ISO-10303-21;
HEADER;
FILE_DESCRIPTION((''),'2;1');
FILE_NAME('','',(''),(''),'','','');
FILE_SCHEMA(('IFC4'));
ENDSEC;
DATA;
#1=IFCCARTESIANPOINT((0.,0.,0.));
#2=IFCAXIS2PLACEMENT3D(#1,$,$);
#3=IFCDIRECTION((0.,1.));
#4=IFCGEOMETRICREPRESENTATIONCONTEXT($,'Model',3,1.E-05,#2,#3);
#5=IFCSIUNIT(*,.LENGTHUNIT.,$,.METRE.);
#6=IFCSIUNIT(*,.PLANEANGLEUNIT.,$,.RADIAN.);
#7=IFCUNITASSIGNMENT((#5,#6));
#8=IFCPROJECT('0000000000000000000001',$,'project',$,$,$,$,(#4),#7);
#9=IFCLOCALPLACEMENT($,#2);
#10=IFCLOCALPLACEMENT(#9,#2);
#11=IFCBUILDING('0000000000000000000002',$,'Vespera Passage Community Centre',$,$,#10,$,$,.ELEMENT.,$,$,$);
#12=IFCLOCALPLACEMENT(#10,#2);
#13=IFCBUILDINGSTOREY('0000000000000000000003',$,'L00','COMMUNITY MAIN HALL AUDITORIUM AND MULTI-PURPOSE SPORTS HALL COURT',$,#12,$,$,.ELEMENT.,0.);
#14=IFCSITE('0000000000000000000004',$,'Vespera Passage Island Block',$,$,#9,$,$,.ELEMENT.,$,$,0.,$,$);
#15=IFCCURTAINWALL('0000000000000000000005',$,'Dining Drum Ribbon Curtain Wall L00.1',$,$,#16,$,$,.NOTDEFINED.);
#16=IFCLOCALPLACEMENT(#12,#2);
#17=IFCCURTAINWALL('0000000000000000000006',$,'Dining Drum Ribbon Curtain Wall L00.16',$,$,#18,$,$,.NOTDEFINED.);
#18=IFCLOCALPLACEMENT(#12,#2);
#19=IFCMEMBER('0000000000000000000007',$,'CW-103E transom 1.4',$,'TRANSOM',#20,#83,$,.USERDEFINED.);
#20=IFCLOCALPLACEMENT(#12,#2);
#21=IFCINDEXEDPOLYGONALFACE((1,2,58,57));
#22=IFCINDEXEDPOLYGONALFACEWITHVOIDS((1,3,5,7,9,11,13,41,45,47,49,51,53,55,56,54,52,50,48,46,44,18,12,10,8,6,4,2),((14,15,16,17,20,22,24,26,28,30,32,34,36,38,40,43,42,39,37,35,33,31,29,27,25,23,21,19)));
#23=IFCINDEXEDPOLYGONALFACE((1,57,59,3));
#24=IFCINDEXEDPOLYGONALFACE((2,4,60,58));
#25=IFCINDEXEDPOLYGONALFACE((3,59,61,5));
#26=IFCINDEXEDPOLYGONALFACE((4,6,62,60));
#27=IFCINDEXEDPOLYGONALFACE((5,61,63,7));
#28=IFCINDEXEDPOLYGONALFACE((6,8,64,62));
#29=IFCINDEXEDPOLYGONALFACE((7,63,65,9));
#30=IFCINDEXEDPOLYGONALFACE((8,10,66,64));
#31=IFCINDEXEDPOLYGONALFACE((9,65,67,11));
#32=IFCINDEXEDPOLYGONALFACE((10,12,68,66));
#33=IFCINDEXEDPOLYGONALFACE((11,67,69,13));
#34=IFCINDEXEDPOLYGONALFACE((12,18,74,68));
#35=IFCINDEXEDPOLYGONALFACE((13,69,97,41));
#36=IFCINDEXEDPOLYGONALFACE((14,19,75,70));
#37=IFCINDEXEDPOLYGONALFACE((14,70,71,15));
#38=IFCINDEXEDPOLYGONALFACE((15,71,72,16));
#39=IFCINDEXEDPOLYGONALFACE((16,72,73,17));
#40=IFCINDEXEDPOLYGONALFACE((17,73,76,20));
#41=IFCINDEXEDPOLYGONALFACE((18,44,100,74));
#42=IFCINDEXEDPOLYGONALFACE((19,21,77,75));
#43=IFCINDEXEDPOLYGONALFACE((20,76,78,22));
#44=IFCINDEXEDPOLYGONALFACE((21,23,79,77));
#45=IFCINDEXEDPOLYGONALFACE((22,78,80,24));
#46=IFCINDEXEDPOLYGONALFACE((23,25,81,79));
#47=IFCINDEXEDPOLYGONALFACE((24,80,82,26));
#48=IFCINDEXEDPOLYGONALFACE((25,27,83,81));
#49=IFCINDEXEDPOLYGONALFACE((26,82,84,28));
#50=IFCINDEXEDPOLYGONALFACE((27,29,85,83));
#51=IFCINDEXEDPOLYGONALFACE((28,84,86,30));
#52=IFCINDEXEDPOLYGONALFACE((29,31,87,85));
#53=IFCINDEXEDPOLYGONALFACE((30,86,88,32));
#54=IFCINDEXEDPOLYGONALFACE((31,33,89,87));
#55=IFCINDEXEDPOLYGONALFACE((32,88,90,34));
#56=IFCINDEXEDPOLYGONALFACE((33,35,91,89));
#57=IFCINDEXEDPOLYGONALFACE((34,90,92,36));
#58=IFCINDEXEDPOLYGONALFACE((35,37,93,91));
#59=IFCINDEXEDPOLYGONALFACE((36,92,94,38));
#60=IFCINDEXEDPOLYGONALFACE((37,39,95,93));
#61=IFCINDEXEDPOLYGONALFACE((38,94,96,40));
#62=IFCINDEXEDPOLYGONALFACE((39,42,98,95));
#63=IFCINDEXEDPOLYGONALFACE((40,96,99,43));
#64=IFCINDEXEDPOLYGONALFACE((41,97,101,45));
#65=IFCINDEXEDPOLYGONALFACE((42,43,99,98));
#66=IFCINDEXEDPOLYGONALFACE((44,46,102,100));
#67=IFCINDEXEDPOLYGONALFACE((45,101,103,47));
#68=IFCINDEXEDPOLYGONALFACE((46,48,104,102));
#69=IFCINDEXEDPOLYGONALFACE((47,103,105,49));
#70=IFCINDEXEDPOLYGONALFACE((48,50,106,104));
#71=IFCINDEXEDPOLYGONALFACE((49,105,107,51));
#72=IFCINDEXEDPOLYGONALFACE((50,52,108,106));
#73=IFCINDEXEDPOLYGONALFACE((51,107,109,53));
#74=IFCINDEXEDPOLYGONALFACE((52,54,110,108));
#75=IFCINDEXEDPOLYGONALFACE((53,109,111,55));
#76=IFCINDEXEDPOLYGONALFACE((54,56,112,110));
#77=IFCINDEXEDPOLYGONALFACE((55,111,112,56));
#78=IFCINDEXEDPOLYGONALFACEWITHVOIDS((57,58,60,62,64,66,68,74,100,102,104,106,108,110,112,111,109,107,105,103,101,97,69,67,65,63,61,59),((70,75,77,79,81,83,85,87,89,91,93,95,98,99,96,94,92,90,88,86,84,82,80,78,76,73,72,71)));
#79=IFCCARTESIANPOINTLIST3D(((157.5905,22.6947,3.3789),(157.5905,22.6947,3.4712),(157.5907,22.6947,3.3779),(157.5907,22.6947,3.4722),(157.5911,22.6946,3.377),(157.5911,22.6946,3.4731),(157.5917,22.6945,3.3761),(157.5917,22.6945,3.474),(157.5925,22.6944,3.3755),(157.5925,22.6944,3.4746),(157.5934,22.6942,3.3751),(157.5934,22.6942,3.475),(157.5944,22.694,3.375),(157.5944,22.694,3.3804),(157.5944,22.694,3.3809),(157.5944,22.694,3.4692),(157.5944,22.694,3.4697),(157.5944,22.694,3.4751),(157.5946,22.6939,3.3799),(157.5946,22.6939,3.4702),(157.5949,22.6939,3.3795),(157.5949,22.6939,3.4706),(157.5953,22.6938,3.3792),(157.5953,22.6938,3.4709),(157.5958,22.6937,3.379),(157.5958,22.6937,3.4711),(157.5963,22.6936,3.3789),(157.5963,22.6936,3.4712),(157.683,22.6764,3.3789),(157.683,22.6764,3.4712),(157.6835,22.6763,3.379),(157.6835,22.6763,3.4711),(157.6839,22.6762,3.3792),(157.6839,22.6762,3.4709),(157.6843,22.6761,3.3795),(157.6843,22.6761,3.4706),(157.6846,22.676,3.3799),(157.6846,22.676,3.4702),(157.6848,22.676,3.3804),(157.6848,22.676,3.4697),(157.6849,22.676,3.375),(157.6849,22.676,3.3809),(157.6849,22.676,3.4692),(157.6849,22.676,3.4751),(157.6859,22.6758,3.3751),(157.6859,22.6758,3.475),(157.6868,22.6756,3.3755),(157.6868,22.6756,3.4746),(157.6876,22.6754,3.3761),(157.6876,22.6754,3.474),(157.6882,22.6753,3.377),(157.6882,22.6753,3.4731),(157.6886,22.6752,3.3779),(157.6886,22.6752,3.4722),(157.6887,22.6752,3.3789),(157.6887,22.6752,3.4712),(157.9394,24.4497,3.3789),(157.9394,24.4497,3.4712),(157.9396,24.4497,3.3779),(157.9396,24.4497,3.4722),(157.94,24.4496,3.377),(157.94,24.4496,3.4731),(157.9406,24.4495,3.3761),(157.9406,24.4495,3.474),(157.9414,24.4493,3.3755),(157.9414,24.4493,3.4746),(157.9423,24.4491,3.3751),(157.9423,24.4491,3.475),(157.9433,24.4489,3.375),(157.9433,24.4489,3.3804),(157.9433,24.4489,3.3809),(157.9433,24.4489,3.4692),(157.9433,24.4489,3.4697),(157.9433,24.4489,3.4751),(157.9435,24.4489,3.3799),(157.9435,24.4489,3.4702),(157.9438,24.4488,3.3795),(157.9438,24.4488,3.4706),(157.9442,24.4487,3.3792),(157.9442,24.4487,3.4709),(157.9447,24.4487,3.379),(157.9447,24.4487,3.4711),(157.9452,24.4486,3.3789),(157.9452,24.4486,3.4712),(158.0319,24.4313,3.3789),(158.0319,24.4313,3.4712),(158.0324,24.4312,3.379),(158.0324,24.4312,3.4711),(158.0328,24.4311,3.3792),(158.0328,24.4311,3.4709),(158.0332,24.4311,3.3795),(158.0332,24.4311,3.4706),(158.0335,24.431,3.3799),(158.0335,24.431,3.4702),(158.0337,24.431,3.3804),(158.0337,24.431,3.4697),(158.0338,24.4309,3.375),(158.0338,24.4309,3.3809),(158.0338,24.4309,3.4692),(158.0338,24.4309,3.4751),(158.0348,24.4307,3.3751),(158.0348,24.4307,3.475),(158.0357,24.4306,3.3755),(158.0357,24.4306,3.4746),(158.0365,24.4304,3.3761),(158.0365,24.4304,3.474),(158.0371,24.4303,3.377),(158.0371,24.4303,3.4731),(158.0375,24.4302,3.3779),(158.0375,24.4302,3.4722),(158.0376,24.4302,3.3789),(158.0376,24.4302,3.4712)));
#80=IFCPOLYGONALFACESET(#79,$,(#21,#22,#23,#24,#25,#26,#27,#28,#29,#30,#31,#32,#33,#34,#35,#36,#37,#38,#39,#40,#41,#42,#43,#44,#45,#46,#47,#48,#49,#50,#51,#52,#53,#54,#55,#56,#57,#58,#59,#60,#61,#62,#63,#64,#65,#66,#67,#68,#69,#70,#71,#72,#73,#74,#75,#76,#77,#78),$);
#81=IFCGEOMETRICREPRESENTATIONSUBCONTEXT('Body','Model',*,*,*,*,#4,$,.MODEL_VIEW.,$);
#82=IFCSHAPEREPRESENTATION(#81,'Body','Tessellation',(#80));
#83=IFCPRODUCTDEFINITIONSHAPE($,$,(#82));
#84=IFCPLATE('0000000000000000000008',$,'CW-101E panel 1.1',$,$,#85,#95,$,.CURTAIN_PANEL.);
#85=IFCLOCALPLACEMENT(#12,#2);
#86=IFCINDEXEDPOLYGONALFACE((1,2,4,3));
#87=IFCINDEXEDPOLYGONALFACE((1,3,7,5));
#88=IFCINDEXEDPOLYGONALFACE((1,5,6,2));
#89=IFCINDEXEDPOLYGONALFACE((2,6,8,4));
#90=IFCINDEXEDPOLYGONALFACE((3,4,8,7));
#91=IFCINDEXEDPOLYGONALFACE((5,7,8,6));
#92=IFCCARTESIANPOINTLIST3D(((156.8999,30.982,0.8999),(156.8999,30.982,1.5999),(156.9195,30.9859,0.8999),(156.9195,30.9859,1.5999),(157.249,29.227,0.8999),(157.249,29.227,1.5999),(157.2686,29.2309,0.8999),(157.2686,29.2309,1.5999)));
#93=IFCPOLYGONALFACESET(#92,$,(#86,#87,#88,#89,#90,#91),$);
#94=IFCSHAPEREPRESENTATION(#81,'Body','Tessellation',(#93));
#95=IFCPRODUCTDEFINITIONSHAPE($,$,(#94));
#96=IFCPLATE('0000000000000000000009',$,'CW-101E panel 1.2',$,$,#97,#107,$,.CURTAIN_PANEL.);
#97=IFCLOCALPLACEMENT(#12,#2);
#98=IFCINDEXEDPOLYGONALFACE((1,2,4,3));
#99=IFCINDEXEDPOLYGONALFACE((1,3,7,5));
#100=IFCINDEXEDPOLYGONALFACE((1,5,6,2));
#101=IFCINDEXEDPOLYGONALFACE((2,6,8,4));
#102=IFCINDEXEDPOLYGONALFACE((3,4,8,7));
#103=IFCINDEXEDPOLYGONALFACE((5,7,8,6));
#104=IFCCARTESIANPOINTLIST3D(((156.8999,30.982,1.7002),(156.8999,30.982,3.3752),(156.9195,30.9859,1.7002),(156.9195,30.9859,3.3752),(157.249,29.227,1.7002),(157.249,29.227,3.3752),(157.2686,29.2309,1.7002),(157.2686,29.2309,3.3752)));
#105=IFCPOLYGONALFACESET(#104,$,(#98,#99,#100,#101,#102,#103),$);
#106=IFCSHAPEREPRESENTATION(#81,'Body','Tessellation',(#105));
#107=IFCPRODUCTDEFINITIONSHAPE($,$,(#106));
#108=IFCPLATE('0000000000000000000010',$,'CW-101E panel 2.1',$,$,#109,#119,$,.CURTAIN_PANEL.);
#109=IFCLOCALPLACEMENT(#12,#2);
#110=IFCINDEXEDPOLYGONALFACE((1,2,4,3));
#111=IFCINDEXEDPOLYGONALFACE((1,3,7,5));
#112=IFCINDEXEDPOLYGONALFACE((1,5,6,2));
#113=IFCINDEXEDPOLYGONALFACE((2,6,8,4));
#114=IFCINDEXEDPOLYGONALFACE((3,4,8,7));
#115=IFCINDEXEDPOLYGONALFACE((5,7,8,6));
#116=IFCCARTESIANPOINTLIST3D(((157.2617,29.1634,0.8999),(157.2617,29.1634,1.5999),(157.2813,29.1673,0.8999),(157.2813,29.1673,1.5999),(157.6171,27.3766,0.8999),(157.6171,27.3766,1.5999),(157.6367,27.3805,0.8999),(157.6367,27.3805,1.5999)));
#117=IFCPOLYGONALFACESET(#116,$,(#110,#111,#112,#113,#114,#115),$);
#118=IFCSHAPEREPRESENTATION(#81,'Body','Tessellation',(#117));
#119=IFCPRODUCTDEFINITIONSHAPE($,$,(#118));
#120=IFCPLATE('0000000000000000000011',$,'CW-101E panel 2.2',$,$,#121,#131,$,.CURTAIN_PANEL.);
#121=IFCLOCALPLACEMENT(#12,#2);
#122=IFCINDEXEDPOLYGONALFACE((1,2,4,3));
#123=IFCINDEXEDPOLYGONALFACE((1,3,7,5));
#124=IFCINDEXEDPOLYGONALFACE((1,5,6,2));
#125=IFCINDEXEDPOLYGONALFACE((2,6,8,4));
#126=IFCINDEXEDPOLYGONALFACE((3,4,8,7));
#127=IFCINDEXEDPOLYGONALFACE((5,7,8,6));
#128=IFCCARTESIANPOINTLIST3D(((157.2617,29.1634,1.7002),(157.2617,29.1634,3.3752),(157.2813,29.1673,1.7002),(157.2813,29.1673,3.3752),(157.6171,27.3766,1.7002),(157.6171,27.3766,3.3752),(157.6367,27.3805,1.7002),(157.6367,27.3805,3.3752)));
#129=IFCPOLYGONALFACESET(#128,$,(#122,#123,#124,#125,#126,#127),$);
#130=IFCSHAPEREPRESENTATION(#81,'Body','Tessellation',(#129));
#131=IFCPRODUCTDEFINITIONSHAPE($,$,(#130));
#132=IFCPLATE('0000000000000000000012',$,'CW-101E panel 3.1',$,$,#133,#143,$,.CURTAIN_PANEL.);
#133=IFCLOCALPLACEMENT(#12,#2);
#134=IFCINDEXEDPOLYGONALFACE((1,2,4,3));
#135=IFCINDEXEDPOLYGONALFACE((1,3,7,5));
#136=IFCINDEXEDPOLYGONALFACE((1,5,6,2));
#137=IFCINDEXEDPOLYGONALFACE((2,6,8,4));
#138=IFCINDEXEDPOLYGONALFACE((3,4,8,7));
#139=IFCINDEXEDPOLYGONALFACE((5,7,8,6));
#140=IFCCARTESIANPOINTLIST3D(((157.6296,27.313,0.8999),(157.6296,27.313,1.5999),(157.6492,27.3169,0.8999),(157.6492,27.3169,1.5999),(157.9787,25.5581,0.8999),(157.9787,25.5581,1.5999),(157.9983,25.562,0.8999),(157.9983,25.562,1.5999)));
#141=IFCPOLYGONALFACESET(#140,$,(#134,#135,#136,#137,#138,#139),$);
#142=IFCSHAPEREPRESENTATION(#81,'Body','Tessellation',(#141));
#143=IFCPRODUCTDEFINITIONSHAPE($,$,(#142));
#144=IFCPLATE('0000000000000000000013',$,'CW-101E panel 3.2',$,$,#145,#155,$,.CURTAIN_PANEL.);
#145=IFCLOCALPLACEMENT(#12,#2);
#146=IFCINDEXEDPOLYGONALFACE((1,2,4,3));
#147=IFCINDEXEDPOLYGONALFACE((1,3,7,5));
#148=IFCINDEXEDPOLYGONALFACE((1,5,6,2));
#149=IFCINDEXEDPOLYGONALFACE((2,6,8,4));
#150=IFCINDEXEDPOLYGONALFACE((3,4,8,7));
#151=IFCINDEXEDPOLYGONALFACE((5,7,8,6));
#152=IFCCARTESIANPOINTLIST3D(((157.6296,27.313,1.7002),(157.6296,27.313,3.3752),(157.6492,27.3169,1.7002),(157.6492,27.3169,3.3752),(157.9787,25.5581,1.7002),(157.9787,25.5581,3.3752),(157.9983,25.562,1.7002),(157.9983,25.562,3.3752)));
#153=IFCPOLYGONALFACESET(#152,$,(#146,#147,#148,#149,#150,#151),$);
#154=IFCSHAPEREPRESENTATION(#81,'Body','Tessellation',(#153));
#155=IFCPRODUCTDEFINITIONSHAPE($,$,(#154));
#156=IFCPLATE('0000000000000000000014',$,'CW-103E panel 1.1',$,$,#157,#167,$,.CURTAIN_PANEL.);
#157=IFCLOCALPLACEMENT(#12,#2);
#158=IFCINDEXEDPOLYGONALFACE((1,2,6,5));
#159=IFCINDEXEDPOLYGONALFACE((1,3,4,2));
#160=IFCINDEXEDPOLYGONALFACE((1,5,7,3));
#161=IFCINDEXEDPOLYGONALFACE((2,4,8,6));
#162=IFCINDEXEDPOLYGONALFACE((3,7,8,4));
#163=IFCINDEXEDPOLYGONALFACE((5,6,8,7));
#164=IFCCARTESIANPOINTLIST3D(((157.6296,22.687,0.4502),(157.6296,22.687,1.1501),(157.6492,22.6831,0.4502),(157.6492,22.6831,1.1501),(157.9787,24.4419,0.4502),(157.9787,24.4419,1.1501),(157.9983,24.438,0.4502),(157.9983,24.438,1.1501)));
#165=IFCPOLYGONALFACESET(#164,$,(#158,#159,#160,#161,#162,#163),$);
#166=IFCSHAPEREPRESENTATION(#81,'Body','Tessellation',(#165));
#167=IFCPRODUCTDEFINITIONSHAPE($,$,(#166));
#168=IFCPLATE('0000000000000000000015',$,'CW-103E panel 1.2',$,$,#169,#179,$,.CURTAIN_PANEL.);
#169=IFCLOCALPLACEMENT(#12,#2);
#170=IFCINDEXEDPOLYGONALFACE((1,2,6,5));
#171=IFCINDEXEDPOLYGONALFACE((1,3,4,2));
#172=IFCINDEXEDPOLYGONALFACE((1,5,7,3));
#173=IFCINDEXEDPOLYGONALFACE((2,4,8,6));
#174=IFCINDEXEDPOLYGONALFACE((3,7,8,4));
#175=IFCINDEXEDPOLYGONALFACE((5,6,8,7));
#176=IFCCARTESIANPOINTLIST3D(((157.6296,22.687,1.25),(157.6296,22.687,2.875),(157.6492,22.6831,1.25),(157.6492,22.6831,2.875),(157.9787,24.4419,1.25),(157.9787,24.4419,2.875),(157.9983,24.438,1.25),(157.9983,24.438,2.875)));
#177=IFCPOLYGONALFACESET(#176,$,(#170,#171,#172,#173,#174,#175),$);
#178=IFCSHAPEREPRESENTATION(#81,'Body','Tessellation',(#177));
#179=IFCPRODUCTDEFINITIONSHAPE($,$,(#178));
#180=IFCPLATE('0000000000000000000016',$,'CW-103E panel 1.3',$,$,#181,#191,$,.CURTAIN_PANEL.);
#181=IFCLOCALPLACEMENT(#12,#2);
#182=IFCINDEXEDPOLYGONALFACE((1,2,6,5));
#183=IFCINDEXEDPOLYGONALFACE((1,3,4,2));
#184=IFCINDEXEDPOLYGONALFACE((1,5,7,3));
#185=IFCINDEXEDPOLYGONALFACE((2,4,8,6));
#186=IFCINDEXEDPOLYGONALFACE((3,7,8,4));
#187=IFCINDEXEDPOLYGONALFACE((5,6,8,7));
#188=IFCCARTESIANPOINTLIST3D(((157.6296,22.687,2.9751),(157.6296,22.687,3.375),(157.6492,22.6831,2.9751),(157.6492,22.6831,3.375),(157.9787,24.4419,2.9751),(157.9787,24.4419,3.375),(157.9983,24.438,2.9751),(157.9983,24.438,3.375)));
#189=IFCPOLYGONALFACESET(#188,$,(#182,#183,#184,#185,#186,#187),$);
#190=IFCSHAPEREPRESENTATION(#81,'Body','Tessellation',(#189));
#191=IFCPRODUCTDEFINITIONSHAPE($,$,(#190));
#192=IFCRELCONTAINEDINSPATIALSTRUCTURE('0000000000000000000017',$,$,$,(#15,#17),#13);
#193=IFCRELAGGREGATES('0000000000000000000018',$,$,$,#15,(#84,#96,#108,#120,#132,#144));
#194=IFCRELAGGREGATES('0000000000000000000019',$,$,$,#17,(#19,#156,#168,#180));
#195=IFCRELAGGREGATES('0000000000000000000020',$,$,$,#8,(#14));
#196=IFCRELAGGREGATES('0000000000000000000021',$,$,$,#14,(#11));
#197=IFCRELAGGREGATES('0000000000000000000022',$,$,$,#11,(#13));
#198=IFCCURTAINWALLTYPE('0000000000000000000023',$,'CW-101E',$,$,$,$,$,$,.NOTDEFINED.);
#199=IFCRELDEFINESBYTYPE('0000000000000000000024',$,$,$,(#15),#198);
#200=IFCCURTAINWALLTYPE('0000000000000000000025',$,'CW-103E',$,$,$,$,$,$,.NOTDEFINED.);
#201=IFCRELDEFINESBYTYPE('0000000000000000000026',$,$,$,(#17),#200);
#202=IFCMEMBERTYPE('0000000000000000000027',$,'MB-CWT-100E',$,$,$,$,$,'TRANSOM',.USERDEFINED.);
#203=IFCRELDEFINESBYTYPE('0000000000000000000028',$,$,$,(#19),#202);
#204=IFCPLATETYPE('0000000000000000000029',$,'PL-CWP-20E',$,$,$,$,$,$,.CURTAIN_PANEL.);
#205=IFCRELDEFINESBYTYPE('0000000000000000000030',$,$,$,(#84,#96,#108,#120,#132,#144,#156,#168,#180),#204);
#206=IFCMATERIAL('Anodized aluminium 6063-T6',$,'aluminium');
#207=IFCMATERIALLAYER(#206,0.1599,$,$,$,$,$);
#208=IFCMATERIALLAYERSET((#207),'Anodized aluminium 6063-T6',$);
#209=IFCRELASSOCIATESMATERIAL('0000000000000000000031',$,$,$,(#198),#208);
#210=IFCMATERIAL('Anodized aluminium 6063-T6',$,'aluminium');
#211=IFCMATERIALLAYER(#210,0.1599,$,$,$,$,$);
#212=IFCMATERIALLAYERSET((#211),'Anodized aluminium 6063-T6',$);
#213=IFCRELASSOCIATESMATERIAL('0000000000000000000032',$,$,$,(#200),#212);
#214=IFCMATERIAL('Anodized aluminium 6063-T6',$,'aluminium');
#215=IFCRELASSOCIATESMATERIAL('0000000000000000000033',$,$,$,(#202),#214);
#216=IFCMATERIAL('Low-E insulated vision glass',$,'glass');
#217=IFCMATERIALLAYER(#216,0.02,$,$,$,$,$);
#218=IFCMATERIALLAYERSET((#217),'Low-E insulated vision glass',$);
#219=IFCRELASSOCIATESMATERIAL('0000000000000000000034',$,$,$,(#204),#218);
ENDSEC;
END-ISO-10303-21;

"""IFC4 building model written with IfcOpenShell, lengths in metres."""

from ifc_helpers import new_model, si_unit, direction, frame, origin, origin_2d, place, context, subcontext, project, spatial, rectangle, hollow_rectangle, extrude, material, layer, layer_set, material_profile, profile_set, type_object, element, aggregate, save


model = new_model("IFC4")

# Units and contexts
model_context = context("Model", 3, precision=1e-05, world=origin(), true_north=direction((0.0, 1.0)))
body_context = subcontext(model_context, "Body", "Model", "MODEL_VIEW")
ifc_project = project(units=[si_unit("LENGTHUNIT", "METRE"), si_unit("PLANEANGLEUNIT", "RADIAN")], contexts=[model_context])

# Site, building, storey
site_placement = place(None, origin())
site = spatial("IfcSite", under=ifc_project, at=site_placement, Name="Vespera Passage Island Block", CompositionType="ELEMENT", RefElevation=0.0)
building_placement = place(site_placement, origin())
building = spatial("IfcBuilding", under=site, at=building_placement, Name="Vespera Passage Community Centre", CompositionType="ELEMENT")
storey_placement = place(building_placement, origin())
storey = spatial("IfcBuildingStorey", under=building, at=storey_placement, Name="L00", Description="COMMUNITY MAIN HALL AUDITORIUM AND MULTI-PURPOSE SPORTS HALL COURT", CompositionType="ELEMENT", Elevation=0.0)

# Curtain wall
ifc_material_1 = material(Name="Anodized aluminium 6063-T6", Category="aluminium")
ifc_layer_1 = layer(ifc_material_1, 0.1599)
ifc_layer_set_1 = layer_set([ifc_layer_1], Name="Anodized aluminium 6063-T6")
curtain_wall_type_1 = type_object("IfcCurtainWallType", Name="CW-101E", PredefinedType="NOTDEFINED", material=ifc_layer_set_1)
curtain_wall_1_placement = place(storey_placement, origin())
curtain_wall_1 = element("IfcCurtainWall", 1, at=curtain_wall_1_placement, inside=storey, type_object=curtain_wall_type_1, Name="Dining Drum Ribbon Curtain Wall L00.1", PredefinedType="NOTDEFINED")

# Curtain wall
ifc_material_2 = material(Name="Anodized aluminium 6063-T6", Category="aluminium")
ifc_layer_2 = layer(ifc_material_2, 0.1599)
ifc_layer_set_2 = layer_set([ifc_layer_2], Name="Anodized aluminium 6063-T6")
curtain_wall_type_2 = type_object("IfcCurtainWallType", Name="CW-103E", PredefinedType="NOTDEFINED", material=ifc_layer_set_2)
curtain_wall_2_placement = place(storey_placement, origin())
curtain_wall_2 = element("IfcCurtainWall", 2, at=curtain_wall_2_placement, inside=storey, type_object=curtain_wall_type_2, Name="Dining Drum Ribbon Curtain Wall L00.16", PredefinedType="NOTDEFINED")

# Member
ifc_material_3 = material(Name="Anodized aluminium 6063-T6", Category="aluminium")
ifc_material_profile_1 = material_profile(ifc_material_3, hollow_rectangle(XDim=0.1001, YDim=0.1001, WallThickness=0.0039, InnerFilletRadius=0.002, OuterFilletRadius=0.0039, at=origin_2d()), Name="ALU100X100X4")
ifc_profile_set_1 = profile_set([ifc_material_profile_1], Name="Anodized aluminium 6063-T6")
member_type_1 = type_object("IfcMemberType", Name="MB-CWT-100E", ElementType="TRANSOM", PredefinedType="USERDEFINED", material=ifc_profile_set_1)
member_1_placement = place(storey_placement, frame((157.9885, 24.4399, 3.425), z_axis=(-0.194988, -0.980806, 0.0), x_axis=(0.980806, -0.194988, 0.0)))
member_1 = element("IfcMember", 3, at=member_1_placement, type_object=member_type_1, Name="CW-103E transom 1.4", ObjectType="TRANSOM", PredefinedType="USERDEFINED", context=body_context, shape_type="SweptSolid", body=[
    extrude(hollow_rectangle(XDim=0.1001, YDim=0.1001, WallThickness=0.0039, InnerFilletRadius=0.002, OuterFilletRadius=0.0039, at=origin_2d()), origin(), (0.0, 0.0, 1.0), 1.7893),
])

# Plates
ifc_material_4 = material(Name="Low-E insulated vision glass", Category="glass")
ifc_layer_3 = layer(ifc_material_4, 0.02)
ifc_layer_set_3 = layer_set([ifc_layer_3], Name="Low-E insulated vision glass")
plate_type = type_object("IfcPlateType", Name="PL-CWP-20E", PredefinedType="CURTAIN_PANEL", material=ifc_layer_set_3)
plate_1_placement = place(storey_placement, frame((157.0842, 30.1064, 0.8999), z_axis=(0.0, 0.0, 1.0), x_axis=(0.195097, -0.980784, 0.0)))
plate_1 = element("IfcPlate", 4, at=plate_1_placement, type_object=plate_type, Name="CW-101E panel 1.1", PredefinedType="CURTAIN_PANEL", context=body_context, shape_type="SweptSolid", body=[
    extrude(rectangle(XDim=1.7893, YDim=0.02, at=origin_2d()), origin(), (0.0, 0.0, 1.0), 0.7),
])
plate_2_placement = place(storey_placement, frame((157.0842, 30.1064, 1.7002), z_axis=(0.0, 0.0, 1.0), x_axis=(0.195097, -0.980784, 0.0)))
plate_2 = element("IfcPlate", 5, at=plate_2_placement, type_object=plate_type, Name="CW-101E panel 1.2", PredefinedType="CURTAIN_PANEL", context=body_context, shape_type="SweptSolid", body=[
    extrude(rectangle(XDim=1.7893, YDim=0.02, at=origin_2d()), origin(), (0.0, 0.0, 1.0), 1.675),
])
plate_3_placement = place(storey_placement, frame((157.4492, 28.272, 0.8999), z_axis=(0.0, 0.0, 1.0), x_axis=(0.195097, -0.980784, 0.0)))
plate_3 = element("IfcPlate", 6, at=plate_3_placement, type_object=plate_type, Name="CW-101E panel 2.1", PredefinedType="CURTAIN_PANEL", context=body_context, shape_type="SweptSolid", body=[
    extrude(rectangle(XDim=1.8218, YDim=0.02, at=origin_2d()), origin(), (0.0, 0.0, 1.0), 0.7),
])
plate_4_placement = place(storey_placement, frame((157.4492, 28.272, 1.7002), z_axis=(0.0, 0.0, 1.0), x_axis=(0.195097, -0.980784, 0.0)))
plate_4 = element("IfcPlate", 7, at=plate_4_placement, type_object=plate_type, Name="CW-101E panel 2.2", PredefinedType="CURTAIN_PANEL", context=body_context, shape_type="SweptSolid", body=[
    extrude(rectangle(XDim=1.8218, YDim=0.02, at=origin_2d()), origin(), (0.0, 0.0, 1.0), 1.675),
])
plate_5_placement = place(storey_placement, frame((157.814, 26.4375, 0.8999), z_axis=(0.0, 0.0, 1.0), x_axis=(0.195097, -0.980784, 0.0)))
plate_5 = element("IfcPlate", 8, at=plate_5_placement, type_object=plate_type, Name="CW-101E panel 3.1", PredefinedType="CURTAIN_PANEL", context=body_context, shape_type="SweptSolid", body=[
    extrude(rectangle(XDim=1.7893, YDim=0.02, at=origin_2d()), origin(), (0.0, 0.0, 1.0), 0.7),
])
plate_6_placement = place(storey_placement, frame((157.814, 26.4375, 1.7002), z_axis=(0.0, 0.0, 1.0), x_axis=(0.195097, -0.980784, 0.0)))
plate_6 = element("IfcPlate", 9, at=plate_6_placement, type_object=plate_type, Name="CW-101E panel 3.2", PredefinedType="CURTAIN_PANEL", context=body_context, shape_type="SweptSolid", body=[
    extrude(rectangle(XDim=1.7893, YDim=0.02, at=origin_2d()), origin(), (0.0, 0.0, 1.0), 1.675),
])
aggregate(curtain_wall_1, [plate_1, plate_2, plate_3, plate_4, plate_5, plate_6])
plate_7_placement = place(storey_placement, frame((157.814, 23.5625, 0.4502), z_axis=(0.0, 0.0, 1.0), x_axis=(-0.195097, -0.980784, 0.0)))
plate_7 = element("IfcPlate", 10, at=plate_7_placement, type_object=plate_type, Name="CW-103E panel 1.1", PredefinedType="CURTAIN_PANEL", context=body_context, shape_type="SweptSolid", body=[
    extrude(rectangle(XDim=1.7893, YDim=0.02, at=origin_2d()), origin(), (0.0, 0.0, 1.0), 0.7),
])
plate_8_placement = place(storey_placement, frame((157.814, 23.5625, 1.25), z_axis=(0.0, 0.0, 1.0), x_axis=(-0.195097, -0.980784, 0.0)))
plate_8 = element("IfcPlate", 11, at=plate_8_placement, type_object=plate_type, Name="CW-103E panel 1.2", PredefinedType="CURTAIN_PANEL", context=body_context, shape_type="SweptSolid", body=[
    extrude(rectangle(XDim=1.7893, YDim=0.02, at=origin_2d()), origin(), (0.0, 0.0, 1.0), 1.625),
])
plate_9_placement = place(storey_placement, frame((157.814, 23.5625, 2.9751), z_axis=(0.0, 0.0, 1.0), x_axis=(-0.195097, -0.980784, 0.0)))
plate_9 = element("IfcPlate", 12, at=plate_9_placement, type_object=plate_type, Name="CW-103E panel 1.3", PredefinedType="CURTAIN_PANEL", context=body_context, shape_type="SweptSolid", body=[
    extrude(rectangle(XDim=1.7893, YDim=0.02, at=origin_2d()), origin(), (0.0, 0.0, 1.0), 0.3999),
])
aggregate(curtain_wall_2, [member_1, plate_7, plate_8, plate_9])

save(model, "model.ifc")
